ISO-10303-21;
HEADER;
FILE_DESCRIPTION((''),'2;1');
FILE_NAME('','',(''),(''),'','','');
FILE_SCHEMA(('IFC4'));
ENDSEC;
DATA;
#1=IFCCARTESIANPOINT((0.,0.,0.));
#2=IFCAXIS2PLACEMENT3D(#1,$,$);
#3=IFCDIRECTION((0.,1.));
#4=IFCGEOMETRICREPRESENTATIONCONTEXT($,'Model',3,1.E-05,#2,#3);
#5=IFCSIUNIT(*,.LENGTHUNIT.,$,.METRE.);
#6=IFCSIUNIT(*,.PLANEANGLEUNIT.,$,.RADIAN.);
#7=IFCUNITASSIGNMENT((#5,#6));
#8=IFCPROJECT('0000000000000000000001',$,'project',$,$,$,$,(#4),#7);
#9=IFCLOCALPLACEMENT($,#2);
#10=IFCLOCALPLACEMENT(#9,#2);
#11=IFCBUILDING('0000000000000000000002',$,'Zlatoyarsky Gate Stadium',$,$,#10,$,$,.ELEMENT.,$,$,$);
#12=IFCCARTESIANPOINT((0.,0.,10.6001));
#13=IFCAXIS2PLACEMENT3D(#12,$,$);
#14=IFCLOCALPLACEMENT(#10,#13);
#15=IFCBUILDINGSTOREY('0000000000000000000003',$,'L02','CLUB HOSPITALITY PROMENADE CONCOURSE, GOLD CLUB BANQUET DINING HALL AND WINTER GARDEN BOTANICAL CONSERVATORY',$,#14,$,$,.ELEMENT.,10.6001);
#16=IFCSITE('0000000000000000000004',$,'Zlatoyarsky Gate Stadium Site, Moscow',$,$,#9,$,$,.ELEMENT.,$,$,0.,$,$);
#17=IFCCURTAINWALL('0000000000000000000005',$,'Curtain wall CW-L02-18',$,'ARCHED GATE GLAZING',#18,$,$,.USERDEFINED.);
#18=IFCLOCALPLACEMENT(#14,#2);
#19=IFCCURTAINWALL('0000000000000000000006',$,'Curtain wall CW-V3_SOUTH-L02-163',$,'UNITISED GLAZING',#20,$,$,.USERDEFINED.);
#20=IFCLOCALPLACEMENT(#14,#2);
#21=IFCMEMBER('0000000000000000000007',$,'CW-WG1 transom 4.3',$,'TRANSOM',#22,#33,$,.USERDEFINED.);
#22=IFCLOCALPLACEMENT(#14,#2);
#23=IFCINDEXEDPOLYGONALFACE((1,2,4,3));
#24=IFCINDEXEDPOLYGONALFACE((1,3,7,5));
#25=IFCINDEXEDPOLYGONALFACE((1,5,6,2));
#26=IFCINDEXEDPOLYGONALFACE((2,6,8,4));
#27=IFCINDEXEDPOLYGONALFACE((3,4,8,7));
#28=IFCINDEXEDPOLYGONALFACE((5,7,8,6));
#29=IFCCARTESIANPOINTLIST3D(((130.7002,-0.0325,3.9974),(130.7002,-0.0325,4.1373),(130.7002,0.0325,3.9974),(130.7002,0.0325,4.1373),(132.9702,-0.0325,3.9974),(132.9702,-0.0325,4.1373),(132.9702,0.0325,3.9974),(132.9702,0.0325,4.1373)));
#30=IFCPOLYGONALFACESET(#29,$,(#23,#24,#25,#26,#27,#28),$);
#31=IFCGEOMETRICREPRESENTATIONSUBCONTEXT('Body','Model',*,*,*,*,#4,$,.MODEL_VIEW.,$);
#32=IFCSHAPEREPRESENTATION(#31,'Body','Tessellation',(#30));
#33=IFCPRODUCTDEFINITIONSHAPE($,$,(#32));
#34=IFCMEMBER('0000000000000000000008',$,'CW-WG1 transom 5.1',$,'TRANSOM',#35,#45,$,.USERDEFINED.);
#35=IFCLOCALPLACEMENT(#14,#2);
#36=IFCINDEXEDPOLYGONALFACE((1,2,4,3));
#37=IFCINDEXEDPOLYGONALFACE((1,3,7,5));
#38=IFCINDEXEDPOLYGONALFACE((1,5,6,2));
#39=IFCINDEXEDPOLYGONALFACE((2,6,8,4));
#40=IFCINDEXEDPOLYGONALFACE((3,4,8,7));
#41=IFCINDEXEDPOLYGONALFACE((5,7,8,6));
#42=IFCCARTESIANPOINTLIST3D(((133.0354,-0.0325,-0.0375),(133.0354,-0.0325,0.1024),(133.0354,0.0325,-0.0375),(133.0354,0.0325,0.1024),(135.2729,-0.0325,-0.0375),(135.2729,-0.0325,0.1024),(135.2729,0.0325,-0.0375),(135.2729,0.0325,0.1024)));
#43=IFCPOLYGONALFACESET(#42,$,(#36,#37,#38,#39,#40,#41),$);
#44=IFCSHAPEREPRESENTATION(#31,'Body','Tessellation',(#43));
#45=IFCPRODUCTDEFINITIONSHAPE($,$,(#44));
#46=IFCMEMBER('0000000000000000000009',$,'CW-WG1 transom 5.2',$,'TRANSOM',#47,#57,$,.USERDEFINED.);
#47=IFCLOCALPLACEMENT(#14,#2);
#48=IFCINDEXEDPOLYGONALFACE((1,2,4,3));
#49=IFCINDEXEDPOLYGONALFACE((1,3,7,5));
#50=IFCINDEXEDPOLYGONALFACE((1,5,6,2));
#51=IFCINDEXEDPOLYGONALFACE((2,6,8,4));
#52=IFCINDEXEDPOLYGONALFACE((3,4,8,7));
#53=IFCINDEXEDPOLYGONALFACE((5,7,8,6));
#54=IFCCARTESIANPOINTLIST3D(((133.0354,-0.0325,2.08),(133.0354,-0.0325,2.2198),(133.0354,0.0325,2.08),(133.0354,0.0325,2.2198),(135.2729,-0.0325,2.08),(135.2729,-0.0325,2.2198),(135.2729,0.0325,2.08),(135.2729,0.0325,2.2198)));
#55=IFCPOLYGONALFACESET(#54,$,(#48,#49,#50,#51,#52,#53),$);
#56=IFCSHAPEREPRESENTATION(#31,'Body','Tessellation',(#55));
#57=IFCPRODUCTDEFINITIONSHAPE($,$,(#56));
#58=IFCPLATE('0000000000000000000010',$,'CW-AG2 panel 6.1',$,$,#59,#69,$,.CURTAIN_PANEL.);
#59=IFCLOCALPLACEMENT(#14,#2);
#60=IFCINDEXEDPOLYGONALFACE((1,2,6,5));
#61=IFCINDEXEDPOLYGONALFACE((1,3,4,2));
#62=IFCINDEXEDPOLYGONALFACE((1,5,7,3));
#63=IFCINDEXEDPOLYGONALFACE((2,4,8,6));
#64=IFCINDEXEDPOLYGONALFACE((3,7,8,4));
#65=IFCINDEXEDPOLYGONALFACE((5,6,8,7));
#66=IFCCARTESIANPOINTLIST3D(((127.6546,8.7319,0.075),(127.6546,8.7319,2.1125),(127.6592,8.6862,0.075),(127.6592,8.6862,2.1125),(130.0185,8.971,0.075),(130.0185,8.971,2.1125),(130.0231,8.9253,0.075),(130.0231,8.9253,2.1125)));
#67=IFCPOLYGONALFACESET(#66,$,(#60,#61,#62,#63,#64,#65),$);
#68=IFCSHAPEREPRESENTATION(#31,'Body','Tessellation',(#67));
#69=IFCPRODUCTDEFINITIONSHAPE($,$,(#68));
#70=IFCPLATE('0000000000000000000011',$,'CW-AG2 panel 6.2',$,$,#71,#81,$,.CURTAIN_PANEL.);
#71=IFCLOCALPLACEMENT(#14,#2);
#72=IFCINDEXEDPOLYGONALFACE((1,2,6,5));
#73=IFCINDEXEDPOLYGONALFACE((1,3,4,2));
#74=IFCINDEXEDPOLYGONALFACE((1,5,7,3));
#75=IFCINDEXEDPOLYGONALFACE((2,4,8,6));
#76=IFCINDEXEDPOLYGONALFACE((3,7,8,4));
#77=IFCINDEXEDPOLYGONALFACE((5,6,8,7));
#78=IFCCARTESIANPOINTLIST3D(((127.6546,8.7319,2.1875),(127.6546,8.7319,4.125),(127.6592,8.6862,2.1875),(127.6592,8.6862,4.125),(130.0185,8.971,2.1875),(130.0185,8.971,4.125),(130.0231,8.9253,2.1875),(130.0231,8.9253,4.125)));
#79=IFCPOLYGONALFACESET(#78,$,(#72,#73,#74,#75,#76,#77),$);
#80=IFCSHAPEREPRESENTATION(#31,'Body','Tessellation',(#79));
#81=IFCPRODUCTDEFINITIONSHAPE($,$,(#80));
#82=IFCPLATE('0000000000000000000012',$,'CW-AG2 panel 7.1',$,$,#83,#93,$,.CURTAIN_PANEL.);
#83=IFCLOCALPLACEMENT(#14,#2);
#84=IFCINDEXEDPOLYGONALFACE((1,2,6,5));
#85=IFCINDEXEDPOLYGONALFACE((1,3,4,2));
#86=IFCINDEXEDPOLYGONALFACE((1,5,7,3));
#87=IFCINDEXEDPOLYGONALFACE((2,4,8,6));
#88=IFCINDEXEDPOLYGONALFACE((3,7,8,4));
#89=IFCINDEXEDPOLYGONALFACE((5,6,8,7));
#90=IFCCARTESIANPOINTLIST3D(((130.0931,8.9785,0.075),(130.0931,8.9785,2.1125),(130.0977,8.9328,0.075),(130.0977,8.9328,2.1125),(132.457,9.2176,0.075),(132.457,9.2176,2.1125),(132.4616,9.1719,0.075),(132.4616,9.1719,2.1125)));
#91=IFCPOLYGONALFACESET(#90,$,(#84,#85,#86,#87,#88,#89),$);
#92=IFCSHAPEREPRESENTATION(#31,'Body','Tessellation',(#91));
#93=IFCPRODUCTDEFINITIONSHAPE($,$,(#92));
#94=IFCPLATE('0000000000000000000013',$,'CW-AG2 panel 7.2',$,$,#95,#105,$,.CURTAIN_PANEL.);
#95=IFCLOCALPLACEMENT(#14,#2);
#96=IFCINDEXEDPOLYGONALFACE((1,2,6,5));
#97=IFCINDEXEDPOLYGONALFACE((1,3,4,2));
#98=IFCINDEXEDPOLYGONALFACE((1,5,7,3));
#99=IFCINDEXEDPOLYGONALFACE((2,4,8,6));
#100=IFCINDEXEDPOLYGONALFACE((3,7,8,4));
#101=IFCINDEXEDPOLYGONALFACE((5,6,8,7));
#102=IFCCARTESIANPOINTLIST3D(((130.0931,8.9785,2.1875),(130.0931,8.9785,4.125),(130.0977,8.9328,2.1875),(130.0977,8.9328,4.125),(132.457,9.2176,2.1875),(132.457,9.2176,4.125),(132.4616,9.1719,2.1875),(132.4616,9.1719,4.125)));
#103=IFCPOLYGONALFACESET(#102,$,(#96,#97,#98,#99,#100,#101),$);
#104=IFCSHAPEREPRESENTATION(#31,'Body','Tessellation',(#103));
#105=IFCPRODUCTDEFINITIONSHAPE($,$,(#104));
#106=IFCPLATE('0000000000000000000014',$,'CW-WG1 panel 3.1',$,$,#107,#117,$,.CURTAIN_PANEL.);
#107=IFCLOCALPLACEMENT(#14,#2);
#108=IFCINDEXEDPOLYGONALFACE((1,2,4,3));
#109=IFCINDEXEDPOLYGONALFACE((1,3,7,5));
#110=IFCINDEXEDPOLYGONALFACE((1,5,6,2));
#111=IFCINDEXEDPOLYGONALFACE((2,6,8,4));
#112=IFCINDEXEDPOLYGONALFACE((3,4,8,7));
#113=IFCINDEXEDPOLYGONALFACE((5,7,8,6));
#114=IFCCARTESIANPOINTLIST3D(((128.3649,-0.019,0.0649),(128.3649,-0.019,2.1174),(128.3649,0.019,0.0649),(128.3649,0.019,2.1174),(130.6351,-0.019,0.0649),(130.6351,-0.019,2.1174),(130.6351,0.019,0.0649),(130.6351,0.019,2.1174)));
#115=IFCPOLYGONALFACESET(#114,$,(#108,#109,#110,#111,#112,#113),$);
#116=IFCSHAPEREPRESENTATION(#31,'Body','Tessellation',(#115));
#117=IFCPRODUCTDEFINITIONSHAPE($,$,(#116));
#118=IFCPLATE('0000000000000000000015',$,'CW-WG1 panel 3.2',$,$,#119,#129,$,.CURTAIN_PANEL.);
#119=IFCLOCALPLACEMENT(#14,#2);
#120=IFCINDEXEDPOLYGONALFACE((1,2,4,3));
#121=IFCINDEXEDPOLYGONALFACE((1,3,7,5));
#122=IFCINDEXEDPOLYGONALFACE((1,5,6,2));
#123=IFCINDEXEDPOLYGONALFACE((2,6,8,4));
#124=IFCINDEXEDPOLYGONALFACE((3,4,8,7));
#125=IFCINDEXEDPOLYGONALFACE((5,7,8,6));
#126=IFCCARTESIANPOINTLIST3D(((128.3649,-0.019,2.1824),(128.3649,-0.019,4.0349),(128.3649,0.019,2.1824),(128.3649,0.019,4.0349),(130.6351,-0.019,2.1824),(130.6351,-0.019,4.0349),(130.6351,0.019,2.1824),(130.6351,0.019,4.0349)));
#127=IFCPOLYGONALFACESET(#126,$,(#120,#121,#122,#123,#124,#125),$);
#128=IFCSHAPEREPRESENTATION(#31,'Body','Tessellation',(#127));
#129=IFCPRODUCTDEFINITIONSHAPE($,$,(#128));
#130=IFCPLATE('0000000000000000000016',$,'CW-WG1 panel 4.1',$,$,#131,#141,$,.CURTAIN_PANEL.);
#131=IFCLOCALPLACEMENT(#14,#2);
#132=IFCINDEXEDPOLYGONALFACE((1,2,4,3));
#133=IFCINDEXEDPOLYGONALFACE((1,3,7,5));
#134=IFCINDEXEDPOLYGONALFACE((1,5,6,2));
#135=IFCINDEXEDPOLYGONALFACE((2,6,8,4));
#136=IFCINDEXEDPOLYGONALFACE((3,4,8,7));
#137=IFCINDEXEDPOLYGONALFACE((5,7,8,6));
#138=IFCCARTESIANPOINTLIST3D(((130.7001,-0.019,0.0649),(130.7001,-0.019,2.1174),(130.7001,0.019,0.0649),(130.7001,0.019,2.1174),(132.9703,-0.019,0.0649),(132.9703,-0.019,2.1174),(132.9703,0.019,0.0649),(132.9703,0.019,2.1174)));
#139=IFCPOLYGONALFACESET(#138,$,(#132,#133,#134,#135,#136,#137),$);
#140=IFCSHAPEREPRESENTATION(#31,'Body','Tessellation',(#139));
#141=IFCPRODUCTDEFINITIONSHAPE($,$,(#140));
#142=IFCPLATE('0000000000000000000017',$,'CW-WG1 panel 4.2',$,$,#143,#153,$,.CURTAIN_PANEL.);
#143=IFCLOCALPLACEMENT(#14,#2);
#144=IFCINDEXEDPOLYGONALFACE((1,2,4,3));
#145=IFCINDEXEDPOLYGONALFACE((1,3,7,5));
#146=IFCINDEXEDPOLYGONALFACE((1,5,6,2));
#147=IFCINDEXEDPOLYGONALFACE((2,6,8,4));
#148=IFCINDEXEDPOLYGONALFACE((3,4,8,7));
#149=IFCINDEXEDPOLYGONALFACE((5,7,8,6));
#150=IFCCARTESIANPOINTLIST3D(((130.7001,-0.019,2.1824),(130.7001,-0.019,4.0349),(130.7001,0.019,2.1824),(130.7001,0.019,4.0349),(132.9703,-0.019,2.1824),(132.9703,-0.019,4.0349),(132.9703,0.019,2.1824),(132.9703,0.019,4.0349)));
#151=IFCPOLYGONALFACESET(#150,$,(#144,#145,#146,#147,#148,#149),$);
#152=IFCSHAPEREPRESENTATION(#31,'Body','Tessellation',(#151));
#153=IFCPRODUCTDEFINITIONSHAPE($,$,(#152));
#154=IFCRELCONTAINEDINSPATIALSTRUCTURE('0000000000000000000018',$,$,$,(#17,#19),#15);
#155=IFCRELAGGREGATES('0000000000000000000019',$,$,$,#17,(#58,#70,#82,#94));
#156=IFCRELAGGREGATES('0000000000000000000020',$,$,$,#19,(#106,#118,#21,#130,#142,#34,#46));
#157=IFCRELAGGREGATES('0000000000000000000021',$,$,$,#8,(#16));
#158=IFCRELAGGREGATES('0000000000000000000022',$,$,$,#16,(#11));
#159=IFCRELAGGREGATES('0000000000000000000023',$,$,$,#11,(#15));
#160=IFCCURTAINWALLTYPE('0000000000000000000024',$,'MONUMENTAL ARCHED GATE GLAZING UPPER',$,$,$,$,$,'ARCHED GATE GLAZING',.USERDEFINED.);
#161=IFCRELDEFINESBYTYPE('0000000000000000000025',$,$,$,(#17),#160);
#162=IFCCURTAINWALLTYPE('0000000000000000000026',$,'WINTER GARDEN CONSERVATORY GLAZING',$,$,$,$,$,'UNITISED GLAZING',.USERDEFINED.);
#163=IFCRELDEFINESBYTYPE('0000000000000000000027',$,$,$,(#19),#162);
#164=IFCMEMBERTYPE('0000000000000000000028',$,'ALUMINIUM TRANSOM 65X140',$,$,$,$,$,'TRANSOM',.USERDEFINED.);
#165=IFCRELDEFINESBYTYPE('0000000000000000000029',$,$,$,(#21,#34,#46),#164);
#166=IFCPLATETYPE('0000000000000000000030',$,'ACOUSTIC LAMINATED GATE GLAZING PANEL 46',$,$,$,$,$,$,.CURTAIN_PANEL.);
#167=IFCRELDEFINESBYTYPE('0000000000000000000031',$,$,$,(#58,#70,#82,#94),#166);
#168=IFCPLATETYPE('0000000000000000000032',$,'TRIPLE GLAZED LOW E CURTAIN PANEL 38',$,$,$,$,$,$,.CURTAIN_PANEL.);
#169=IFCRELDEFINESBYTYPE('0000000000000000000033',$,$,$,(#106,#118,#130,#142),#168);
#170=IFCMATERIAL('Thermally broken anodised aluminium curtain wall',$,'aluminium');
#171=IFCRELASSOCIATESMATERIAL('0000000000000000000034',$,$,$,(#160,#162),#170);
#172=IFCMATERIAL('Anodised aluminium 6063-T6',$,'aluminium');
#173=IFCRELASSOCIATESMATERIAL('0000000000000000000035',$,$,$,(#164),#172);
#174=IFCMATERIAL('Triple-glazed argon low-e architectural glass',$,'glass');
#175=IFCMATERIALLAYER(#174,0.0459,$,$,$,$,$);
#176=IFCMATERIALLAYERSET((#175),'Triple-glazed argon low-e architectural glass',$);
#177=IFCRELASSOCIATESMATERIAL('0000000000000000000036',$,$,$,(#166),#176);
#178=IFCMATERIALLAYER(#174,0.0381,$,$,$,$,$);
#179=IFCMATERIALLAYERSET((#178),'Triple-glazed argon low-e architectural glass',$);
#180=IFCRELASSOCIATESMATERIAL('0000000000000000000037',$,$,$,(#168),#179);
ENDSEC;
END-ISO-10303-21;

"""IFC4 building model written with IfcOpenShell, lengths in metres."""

from ifc_helpers import new_model, si_unit, direction, frame, origin, origin_2d, place, context, subcontext, project, spatial, rectangle, extrude, material, layer, layer_set, material_profile, profile_set, type_object, element, aggregate, save


model = new_model("IFC4")

# Units and contexts
model_context = context("Model", 3, precision=1e-05, world=origin(), true_north=direction((0.0, 1.0)))
body_context = subcontext(model_context, "Body", "Model", "MODEL_VIEW")
ifc_project = project(units=[si_unit("LENGTHUNIT", "METRE"), si_unit("PLANEANGLEUNIT", "RADIAN")], contexts=[model_context])

# Site, building, storey
site_placement = place(None, origin())
site = spatial("IfcSite", under=ifc_project, at=site_placement, Name="Zlatoyarsky Gate Stadium Site, Moscow", CompositionType="ELEMENT", RefElevation=0.0)
building_placement = place(site_placement, origin())
building = spatial("IfcBuilding", under=site, at=building_placement, Name="Zlatoyarsky Gate Stadium", CompositionType="ELEMENT")
storey_placement = place(building_placement, frame((0.0, 0.0, 10.6001)))
storey = spatial("IfcBuildingStorey", under=building, at=storey_placement, Name="L02", Description="CLUB HOSPITALITY PROMENADE CONCOURSE, GOLD CLUB BANQUET DINING HALL AND WINTER GARDEN BOTANICAL CONSERVATORY", CompositionType="ELEMENT", Elevation=10.6001)

# Curtain walls, members
ifc_material_1 = material(Name="Thermally broken anodised aluminium curtain wall", Category="aluminium")
curtain_wall_type_1 = type_object("IfcCurtainWallType", Name="MONUMENTAL ARCHED GATE GLAZING UPPER", ElementType="ARCHED GATE GLAZING", PredefinedType="USERDEFINED", material=ifc_material_1)
curtain_wall_1_placement = place(storey_placement, origin())
curtain_wall_1 = element("IfcCurtainWall", 1, at=curtain_wall_1_placement, inside=storey, type_object=curtain_wall_type_1, Name="Curtain wall CW-L02-18", ObjectType="ARCHED GATE GLAZING", PredefinedType="USERDEFINED")
ifc_material_2 = material(Name="Anodised aluminium 6063-T6", Category="aluminium")
curtain_wall_type_2 = type_object("IfcCurtainWallType", Name="WINTER GARDEN CONSERVATORY GLAZING", ElementType="UNITISED GLAZING", PredefinedType="USERDEFINED", material=ifc_material_1)
curtain_wall_2_placement = place(storey_placement, origin())
curtain_wall_2 = element("IfcCurtainWall", 2, at=curtain_wall_2_placement, inside=storey, type_object=curtain_wall_type_2, Name="Curtain wall CW-V3_SOUTH-L02-163", ObjectType="UNITISED GLAZING", PredefinedType="USERDEFINED")
ifc_material_profile_1 = material_profile(ifc_material_2, rectangle(XDim=0.0649, YDim=0.1399, at=origin_2d()), Name="ALU 65X140")
ifc_profile_set_1 = profile_set([ifc_material_profile_1], Name="Anodised aluminium 6063-T6")
member_type_1 = type_object("IfcMemberType", Name="ALUMINIUM TRANSOM 65X140", ElementType="TRANSOM", PredefinedType="USERDEFINED", material=ifc_profile_set_1)
member_1_placement = place(storey_placement, frame((130.7002, 0.0, 4.0674), z_axis=(1.0, 0.0, 0.0), x_axis=(0.0, 1.0, 0.0)))
member_1 = element("IfcMember", 3, at=member_1_placement, type_object=member_type_1, Name="CW-WG1 transom 4.3", ObjectType="TRANSOM", PredefinedType="USERDEFINED", context=body_context, shape_type="SweptSolid", body=[
    extrude(rectangle(XDim=0.0649, YDim=0.1399, at=origin_2d()), origin(), (0.0, 0.0, 1.0), 2.27),
])
member_2_placement = place(storey_placement, frame((133.0354, 0.0, 0.0325), z_axis=(1.0, 0.0, 0.0), x_axis=(0.0, 1.0, 0.0)))
member_2 = element("IfcMember", 4, at=member_2_placement, type_object=member_type_1, Name="CW-WG1 transom 5.1", ObjectType="TRANSOM", PredefinedType="USERDEFINED", context=body_context, shape_type="SweptSolid", body=[
    extrude(rectangle(XDim=0.0649, YDim=0.1399, at=origin_2d()), origin(), (0.0, 0.0, 1.0), 2.2375),
])
member_3_placement = place(storey_placement, frame((133.0354, 0.0, 2.1499), z_axis=(1.0, 0.0, 0.0), x_axis=(0.0, 1.0, 0.0)))
member_3 = element("IfcMember", 5, at=member_3_placement, type_object=member_type_1, Name="CW-WG1 transom 5.2", ObjectType="TRANSOM", PredefinedType="USERDEFINED", context=body_context, shape_type="SweptSolid", body=[
    extrude(rectangle(XDim=0.0649, YDim=0.1399, at=origin_2d()), origin(), (0.0, 0.0, 1.0), 2.2375),
])

# Plates
ifc_material_3 = material(Name="Triple-glazed argon low-e architectural glass", Category="glass")
ifc_layer_1 = layer(ifc_material_3, 0.0459)
ifc_layer_set_1 = layer_set([ifc_layer_1], Name="Triple-glazed argon low-e architectural glass")
plate_type_1 = type_object("IfcPlateType", Name="ACOUSTIC LAMINATED GATE GLAZING PANEL 46", PredefinedType="CURTAIN_PANEL", material=ifc_layer_set_1)
plate_1_placement = place(storey_placement, frame((128.8389, 8.8286, 0.075), z_axis=(0.0, 0.0, 1.0), x_axis=(0.994923, 0.100642, 0.0)))
plate_1 = element("IfcPlate", 6, at=plate_1_placement, type_object=plate_type_1, Name="CW-AG2 panel 6.1", PredefinedType="CURTAIN_PANEL", context=body_context, shape_type="SweptSolid", body=[
    extrude(rectangle(XDim=2.376, YDim=0.0459, at=origin_2d()), origin(), (0.0, 0.0, 1.0), 2.0376),
])
plate_2_placement = place(storey_placement, frame((128.8389, 8.8286, 2.1875), z_axis=(0.0, 0.0, 1.0), x_axis=(0.994923, 0.100642, 0.0)))
plate_2 = element("IfcPlate", 7, at=plate_2_placement, type_object=plate_type_1, Name="CW-AG2 panel 6.2", PredefinedType="CURTAIN_PANEL", context=body_context, shape_type="SweptSolid", body=[
    extrude(rectangle(XDim=2.376, YDim=0.0459, at=origin_2d()), origin(), (0.0, 0.0, 1.0), 1.9375),
])
plate_3_placement = place(storey_placement, frame((131.2773, 9.0752, 0.075), z_axis=(0.0, 0.0, 1.0), x_axis=(0.994923, 0.100642, 0.0)))
plate_3 = element("IfcPlate", 8, at=plate_3_placement, type_object=plate_type_1, Name="CW-AG2 panel 7.1", PredefinedType="CURTAIN_PANEL", context=body_context, shape_type="SweptSolid", body=[
    extrude(rectangle(XDim=2.376, YDim=0.0459, at=origin_2d()), origin(), (0.0, 0.0, 1.0), 2.0376),
])
plate_4_placement = place(storey_placement, frame((131.2773, 9.0752, 2.1875), z_axis=(0.0, 0.0, 1.0), x_axis=(0.994923, 0.100642, 0.0)))
plate_4 = element("IfcPlate", 9, at=plate_4_placement, type_object=plate_type_1, Name="CW-AG2 panel 7.2", PredefinedType="CURTAIN_PANEL", context=body_context, shape_type="SweptSolid", body=[
    extrude(rectangle(XDim=2.376, YDim=0.0459, at=origin_2d()), origin(), (0.0, 0.0, 1.0), 1.9375),
])
aggregate(curtain_wall_1, [plate_1, plate_2, plate_3, plate_4])
ifc_layer_2 = layer(ifc_material_3, 0.0381)
ifc_layer_set_2 = layer_set([ifc_layer_2], Name="Triple-glazed argon low-e architectural glass")
plate_type_2 = type_object("IfcPlateType", Name="TRIPLE GLAZED LOW E CURTAIN PANEL 38", PredefinedType="CURTAIN_PANEL", material=ifc_layer_set_2)
plate_5_placement = place(storey_placement, frame((129.5, 0.0, 0.0649), z_axis=(0.0, 0.0, 1.0), x_axis=(1.0, 0.0, 0.0)))
plate_5 = element("IfcPlate", 10, at=plate_5_placement, type_object=plate_type_2, Name="CW-WG1 panel 3.1", PredefinedType="CURTAIN_PANEL", context=body_context, shape_type="SweptSolid", body=[
    extrude(rectangle(XDim=2.2703, YDim=0.0381, at=origin_2d()), origin(), (0.0, 0.0, 1.0), 2.0525),
])
plate_6_placement = place(storey_placement, frame((129.5, 0.0, 2.1824), z_axis=(0.0, 0.0, 1.0), x_axis=(1.0, 0.0, 0.0)))
plate_6 = element("IfcPlate", 11, at=plate_6_placement, type_object=plate_type_2, Name="CW-WG1 panel 3.2", PredefinedType="CURTAIN_PANEL", context=body_context, shape_type="SweptSolid", body=[
    extrude(rectangle(XDim=2.2703, YDim=0.0381, at=origin_2d()), origin(), (0.0, 0.0, 1.0), 1.8525),
])
plate_7_placement = place(storey_placement, frame((131.8352, 0.0, 0.0649), z_axis=(0.0, 0.0, 1.0), x_axis=(1.0, 0.0, 0.0)))
plate_7 = element("IfcPlate", 12, at=plate_7_placement, type_object=plate_type_2, Name="CW-WG1 panel 4.1", PredefinedType="CURTAIN_PANEL", context=body_context, shape_type="SweptSolid", body=[
    extrude(rectangle(XDim=2.2703, YDim=0.0381, at=origin_2d()), origin(), (0.0, 0.0, 1.0), 2.0525),
])
plate_8_placement = place(storey_placement, frame((131.8352, 0.0, 2.1824), z_axis=(0.0, 0.0, 1.0), x_axis=(1.0, 0.0, 0.0)))
plate_8 = element("IfcPlate", 13, at=plate_8_placement, type_object=plate_type_2, Name="CW-WG1 panel 4.2", PredefinedType="CURTAIN_PANEL", context=body_context, shape_type="SweptSolid", body=[
    extrude(rectangle(XDim=2.2703, YDim=0.0381, at=origin_2d()), origin(), (0.0, 0.0, 1.0), 1.8525),
])
aggregate(curtain_wall_2, [plate_5, plate_6, member_1, plate_7, plate_8, member_2, member_3])

save(model, "model.ifc")
